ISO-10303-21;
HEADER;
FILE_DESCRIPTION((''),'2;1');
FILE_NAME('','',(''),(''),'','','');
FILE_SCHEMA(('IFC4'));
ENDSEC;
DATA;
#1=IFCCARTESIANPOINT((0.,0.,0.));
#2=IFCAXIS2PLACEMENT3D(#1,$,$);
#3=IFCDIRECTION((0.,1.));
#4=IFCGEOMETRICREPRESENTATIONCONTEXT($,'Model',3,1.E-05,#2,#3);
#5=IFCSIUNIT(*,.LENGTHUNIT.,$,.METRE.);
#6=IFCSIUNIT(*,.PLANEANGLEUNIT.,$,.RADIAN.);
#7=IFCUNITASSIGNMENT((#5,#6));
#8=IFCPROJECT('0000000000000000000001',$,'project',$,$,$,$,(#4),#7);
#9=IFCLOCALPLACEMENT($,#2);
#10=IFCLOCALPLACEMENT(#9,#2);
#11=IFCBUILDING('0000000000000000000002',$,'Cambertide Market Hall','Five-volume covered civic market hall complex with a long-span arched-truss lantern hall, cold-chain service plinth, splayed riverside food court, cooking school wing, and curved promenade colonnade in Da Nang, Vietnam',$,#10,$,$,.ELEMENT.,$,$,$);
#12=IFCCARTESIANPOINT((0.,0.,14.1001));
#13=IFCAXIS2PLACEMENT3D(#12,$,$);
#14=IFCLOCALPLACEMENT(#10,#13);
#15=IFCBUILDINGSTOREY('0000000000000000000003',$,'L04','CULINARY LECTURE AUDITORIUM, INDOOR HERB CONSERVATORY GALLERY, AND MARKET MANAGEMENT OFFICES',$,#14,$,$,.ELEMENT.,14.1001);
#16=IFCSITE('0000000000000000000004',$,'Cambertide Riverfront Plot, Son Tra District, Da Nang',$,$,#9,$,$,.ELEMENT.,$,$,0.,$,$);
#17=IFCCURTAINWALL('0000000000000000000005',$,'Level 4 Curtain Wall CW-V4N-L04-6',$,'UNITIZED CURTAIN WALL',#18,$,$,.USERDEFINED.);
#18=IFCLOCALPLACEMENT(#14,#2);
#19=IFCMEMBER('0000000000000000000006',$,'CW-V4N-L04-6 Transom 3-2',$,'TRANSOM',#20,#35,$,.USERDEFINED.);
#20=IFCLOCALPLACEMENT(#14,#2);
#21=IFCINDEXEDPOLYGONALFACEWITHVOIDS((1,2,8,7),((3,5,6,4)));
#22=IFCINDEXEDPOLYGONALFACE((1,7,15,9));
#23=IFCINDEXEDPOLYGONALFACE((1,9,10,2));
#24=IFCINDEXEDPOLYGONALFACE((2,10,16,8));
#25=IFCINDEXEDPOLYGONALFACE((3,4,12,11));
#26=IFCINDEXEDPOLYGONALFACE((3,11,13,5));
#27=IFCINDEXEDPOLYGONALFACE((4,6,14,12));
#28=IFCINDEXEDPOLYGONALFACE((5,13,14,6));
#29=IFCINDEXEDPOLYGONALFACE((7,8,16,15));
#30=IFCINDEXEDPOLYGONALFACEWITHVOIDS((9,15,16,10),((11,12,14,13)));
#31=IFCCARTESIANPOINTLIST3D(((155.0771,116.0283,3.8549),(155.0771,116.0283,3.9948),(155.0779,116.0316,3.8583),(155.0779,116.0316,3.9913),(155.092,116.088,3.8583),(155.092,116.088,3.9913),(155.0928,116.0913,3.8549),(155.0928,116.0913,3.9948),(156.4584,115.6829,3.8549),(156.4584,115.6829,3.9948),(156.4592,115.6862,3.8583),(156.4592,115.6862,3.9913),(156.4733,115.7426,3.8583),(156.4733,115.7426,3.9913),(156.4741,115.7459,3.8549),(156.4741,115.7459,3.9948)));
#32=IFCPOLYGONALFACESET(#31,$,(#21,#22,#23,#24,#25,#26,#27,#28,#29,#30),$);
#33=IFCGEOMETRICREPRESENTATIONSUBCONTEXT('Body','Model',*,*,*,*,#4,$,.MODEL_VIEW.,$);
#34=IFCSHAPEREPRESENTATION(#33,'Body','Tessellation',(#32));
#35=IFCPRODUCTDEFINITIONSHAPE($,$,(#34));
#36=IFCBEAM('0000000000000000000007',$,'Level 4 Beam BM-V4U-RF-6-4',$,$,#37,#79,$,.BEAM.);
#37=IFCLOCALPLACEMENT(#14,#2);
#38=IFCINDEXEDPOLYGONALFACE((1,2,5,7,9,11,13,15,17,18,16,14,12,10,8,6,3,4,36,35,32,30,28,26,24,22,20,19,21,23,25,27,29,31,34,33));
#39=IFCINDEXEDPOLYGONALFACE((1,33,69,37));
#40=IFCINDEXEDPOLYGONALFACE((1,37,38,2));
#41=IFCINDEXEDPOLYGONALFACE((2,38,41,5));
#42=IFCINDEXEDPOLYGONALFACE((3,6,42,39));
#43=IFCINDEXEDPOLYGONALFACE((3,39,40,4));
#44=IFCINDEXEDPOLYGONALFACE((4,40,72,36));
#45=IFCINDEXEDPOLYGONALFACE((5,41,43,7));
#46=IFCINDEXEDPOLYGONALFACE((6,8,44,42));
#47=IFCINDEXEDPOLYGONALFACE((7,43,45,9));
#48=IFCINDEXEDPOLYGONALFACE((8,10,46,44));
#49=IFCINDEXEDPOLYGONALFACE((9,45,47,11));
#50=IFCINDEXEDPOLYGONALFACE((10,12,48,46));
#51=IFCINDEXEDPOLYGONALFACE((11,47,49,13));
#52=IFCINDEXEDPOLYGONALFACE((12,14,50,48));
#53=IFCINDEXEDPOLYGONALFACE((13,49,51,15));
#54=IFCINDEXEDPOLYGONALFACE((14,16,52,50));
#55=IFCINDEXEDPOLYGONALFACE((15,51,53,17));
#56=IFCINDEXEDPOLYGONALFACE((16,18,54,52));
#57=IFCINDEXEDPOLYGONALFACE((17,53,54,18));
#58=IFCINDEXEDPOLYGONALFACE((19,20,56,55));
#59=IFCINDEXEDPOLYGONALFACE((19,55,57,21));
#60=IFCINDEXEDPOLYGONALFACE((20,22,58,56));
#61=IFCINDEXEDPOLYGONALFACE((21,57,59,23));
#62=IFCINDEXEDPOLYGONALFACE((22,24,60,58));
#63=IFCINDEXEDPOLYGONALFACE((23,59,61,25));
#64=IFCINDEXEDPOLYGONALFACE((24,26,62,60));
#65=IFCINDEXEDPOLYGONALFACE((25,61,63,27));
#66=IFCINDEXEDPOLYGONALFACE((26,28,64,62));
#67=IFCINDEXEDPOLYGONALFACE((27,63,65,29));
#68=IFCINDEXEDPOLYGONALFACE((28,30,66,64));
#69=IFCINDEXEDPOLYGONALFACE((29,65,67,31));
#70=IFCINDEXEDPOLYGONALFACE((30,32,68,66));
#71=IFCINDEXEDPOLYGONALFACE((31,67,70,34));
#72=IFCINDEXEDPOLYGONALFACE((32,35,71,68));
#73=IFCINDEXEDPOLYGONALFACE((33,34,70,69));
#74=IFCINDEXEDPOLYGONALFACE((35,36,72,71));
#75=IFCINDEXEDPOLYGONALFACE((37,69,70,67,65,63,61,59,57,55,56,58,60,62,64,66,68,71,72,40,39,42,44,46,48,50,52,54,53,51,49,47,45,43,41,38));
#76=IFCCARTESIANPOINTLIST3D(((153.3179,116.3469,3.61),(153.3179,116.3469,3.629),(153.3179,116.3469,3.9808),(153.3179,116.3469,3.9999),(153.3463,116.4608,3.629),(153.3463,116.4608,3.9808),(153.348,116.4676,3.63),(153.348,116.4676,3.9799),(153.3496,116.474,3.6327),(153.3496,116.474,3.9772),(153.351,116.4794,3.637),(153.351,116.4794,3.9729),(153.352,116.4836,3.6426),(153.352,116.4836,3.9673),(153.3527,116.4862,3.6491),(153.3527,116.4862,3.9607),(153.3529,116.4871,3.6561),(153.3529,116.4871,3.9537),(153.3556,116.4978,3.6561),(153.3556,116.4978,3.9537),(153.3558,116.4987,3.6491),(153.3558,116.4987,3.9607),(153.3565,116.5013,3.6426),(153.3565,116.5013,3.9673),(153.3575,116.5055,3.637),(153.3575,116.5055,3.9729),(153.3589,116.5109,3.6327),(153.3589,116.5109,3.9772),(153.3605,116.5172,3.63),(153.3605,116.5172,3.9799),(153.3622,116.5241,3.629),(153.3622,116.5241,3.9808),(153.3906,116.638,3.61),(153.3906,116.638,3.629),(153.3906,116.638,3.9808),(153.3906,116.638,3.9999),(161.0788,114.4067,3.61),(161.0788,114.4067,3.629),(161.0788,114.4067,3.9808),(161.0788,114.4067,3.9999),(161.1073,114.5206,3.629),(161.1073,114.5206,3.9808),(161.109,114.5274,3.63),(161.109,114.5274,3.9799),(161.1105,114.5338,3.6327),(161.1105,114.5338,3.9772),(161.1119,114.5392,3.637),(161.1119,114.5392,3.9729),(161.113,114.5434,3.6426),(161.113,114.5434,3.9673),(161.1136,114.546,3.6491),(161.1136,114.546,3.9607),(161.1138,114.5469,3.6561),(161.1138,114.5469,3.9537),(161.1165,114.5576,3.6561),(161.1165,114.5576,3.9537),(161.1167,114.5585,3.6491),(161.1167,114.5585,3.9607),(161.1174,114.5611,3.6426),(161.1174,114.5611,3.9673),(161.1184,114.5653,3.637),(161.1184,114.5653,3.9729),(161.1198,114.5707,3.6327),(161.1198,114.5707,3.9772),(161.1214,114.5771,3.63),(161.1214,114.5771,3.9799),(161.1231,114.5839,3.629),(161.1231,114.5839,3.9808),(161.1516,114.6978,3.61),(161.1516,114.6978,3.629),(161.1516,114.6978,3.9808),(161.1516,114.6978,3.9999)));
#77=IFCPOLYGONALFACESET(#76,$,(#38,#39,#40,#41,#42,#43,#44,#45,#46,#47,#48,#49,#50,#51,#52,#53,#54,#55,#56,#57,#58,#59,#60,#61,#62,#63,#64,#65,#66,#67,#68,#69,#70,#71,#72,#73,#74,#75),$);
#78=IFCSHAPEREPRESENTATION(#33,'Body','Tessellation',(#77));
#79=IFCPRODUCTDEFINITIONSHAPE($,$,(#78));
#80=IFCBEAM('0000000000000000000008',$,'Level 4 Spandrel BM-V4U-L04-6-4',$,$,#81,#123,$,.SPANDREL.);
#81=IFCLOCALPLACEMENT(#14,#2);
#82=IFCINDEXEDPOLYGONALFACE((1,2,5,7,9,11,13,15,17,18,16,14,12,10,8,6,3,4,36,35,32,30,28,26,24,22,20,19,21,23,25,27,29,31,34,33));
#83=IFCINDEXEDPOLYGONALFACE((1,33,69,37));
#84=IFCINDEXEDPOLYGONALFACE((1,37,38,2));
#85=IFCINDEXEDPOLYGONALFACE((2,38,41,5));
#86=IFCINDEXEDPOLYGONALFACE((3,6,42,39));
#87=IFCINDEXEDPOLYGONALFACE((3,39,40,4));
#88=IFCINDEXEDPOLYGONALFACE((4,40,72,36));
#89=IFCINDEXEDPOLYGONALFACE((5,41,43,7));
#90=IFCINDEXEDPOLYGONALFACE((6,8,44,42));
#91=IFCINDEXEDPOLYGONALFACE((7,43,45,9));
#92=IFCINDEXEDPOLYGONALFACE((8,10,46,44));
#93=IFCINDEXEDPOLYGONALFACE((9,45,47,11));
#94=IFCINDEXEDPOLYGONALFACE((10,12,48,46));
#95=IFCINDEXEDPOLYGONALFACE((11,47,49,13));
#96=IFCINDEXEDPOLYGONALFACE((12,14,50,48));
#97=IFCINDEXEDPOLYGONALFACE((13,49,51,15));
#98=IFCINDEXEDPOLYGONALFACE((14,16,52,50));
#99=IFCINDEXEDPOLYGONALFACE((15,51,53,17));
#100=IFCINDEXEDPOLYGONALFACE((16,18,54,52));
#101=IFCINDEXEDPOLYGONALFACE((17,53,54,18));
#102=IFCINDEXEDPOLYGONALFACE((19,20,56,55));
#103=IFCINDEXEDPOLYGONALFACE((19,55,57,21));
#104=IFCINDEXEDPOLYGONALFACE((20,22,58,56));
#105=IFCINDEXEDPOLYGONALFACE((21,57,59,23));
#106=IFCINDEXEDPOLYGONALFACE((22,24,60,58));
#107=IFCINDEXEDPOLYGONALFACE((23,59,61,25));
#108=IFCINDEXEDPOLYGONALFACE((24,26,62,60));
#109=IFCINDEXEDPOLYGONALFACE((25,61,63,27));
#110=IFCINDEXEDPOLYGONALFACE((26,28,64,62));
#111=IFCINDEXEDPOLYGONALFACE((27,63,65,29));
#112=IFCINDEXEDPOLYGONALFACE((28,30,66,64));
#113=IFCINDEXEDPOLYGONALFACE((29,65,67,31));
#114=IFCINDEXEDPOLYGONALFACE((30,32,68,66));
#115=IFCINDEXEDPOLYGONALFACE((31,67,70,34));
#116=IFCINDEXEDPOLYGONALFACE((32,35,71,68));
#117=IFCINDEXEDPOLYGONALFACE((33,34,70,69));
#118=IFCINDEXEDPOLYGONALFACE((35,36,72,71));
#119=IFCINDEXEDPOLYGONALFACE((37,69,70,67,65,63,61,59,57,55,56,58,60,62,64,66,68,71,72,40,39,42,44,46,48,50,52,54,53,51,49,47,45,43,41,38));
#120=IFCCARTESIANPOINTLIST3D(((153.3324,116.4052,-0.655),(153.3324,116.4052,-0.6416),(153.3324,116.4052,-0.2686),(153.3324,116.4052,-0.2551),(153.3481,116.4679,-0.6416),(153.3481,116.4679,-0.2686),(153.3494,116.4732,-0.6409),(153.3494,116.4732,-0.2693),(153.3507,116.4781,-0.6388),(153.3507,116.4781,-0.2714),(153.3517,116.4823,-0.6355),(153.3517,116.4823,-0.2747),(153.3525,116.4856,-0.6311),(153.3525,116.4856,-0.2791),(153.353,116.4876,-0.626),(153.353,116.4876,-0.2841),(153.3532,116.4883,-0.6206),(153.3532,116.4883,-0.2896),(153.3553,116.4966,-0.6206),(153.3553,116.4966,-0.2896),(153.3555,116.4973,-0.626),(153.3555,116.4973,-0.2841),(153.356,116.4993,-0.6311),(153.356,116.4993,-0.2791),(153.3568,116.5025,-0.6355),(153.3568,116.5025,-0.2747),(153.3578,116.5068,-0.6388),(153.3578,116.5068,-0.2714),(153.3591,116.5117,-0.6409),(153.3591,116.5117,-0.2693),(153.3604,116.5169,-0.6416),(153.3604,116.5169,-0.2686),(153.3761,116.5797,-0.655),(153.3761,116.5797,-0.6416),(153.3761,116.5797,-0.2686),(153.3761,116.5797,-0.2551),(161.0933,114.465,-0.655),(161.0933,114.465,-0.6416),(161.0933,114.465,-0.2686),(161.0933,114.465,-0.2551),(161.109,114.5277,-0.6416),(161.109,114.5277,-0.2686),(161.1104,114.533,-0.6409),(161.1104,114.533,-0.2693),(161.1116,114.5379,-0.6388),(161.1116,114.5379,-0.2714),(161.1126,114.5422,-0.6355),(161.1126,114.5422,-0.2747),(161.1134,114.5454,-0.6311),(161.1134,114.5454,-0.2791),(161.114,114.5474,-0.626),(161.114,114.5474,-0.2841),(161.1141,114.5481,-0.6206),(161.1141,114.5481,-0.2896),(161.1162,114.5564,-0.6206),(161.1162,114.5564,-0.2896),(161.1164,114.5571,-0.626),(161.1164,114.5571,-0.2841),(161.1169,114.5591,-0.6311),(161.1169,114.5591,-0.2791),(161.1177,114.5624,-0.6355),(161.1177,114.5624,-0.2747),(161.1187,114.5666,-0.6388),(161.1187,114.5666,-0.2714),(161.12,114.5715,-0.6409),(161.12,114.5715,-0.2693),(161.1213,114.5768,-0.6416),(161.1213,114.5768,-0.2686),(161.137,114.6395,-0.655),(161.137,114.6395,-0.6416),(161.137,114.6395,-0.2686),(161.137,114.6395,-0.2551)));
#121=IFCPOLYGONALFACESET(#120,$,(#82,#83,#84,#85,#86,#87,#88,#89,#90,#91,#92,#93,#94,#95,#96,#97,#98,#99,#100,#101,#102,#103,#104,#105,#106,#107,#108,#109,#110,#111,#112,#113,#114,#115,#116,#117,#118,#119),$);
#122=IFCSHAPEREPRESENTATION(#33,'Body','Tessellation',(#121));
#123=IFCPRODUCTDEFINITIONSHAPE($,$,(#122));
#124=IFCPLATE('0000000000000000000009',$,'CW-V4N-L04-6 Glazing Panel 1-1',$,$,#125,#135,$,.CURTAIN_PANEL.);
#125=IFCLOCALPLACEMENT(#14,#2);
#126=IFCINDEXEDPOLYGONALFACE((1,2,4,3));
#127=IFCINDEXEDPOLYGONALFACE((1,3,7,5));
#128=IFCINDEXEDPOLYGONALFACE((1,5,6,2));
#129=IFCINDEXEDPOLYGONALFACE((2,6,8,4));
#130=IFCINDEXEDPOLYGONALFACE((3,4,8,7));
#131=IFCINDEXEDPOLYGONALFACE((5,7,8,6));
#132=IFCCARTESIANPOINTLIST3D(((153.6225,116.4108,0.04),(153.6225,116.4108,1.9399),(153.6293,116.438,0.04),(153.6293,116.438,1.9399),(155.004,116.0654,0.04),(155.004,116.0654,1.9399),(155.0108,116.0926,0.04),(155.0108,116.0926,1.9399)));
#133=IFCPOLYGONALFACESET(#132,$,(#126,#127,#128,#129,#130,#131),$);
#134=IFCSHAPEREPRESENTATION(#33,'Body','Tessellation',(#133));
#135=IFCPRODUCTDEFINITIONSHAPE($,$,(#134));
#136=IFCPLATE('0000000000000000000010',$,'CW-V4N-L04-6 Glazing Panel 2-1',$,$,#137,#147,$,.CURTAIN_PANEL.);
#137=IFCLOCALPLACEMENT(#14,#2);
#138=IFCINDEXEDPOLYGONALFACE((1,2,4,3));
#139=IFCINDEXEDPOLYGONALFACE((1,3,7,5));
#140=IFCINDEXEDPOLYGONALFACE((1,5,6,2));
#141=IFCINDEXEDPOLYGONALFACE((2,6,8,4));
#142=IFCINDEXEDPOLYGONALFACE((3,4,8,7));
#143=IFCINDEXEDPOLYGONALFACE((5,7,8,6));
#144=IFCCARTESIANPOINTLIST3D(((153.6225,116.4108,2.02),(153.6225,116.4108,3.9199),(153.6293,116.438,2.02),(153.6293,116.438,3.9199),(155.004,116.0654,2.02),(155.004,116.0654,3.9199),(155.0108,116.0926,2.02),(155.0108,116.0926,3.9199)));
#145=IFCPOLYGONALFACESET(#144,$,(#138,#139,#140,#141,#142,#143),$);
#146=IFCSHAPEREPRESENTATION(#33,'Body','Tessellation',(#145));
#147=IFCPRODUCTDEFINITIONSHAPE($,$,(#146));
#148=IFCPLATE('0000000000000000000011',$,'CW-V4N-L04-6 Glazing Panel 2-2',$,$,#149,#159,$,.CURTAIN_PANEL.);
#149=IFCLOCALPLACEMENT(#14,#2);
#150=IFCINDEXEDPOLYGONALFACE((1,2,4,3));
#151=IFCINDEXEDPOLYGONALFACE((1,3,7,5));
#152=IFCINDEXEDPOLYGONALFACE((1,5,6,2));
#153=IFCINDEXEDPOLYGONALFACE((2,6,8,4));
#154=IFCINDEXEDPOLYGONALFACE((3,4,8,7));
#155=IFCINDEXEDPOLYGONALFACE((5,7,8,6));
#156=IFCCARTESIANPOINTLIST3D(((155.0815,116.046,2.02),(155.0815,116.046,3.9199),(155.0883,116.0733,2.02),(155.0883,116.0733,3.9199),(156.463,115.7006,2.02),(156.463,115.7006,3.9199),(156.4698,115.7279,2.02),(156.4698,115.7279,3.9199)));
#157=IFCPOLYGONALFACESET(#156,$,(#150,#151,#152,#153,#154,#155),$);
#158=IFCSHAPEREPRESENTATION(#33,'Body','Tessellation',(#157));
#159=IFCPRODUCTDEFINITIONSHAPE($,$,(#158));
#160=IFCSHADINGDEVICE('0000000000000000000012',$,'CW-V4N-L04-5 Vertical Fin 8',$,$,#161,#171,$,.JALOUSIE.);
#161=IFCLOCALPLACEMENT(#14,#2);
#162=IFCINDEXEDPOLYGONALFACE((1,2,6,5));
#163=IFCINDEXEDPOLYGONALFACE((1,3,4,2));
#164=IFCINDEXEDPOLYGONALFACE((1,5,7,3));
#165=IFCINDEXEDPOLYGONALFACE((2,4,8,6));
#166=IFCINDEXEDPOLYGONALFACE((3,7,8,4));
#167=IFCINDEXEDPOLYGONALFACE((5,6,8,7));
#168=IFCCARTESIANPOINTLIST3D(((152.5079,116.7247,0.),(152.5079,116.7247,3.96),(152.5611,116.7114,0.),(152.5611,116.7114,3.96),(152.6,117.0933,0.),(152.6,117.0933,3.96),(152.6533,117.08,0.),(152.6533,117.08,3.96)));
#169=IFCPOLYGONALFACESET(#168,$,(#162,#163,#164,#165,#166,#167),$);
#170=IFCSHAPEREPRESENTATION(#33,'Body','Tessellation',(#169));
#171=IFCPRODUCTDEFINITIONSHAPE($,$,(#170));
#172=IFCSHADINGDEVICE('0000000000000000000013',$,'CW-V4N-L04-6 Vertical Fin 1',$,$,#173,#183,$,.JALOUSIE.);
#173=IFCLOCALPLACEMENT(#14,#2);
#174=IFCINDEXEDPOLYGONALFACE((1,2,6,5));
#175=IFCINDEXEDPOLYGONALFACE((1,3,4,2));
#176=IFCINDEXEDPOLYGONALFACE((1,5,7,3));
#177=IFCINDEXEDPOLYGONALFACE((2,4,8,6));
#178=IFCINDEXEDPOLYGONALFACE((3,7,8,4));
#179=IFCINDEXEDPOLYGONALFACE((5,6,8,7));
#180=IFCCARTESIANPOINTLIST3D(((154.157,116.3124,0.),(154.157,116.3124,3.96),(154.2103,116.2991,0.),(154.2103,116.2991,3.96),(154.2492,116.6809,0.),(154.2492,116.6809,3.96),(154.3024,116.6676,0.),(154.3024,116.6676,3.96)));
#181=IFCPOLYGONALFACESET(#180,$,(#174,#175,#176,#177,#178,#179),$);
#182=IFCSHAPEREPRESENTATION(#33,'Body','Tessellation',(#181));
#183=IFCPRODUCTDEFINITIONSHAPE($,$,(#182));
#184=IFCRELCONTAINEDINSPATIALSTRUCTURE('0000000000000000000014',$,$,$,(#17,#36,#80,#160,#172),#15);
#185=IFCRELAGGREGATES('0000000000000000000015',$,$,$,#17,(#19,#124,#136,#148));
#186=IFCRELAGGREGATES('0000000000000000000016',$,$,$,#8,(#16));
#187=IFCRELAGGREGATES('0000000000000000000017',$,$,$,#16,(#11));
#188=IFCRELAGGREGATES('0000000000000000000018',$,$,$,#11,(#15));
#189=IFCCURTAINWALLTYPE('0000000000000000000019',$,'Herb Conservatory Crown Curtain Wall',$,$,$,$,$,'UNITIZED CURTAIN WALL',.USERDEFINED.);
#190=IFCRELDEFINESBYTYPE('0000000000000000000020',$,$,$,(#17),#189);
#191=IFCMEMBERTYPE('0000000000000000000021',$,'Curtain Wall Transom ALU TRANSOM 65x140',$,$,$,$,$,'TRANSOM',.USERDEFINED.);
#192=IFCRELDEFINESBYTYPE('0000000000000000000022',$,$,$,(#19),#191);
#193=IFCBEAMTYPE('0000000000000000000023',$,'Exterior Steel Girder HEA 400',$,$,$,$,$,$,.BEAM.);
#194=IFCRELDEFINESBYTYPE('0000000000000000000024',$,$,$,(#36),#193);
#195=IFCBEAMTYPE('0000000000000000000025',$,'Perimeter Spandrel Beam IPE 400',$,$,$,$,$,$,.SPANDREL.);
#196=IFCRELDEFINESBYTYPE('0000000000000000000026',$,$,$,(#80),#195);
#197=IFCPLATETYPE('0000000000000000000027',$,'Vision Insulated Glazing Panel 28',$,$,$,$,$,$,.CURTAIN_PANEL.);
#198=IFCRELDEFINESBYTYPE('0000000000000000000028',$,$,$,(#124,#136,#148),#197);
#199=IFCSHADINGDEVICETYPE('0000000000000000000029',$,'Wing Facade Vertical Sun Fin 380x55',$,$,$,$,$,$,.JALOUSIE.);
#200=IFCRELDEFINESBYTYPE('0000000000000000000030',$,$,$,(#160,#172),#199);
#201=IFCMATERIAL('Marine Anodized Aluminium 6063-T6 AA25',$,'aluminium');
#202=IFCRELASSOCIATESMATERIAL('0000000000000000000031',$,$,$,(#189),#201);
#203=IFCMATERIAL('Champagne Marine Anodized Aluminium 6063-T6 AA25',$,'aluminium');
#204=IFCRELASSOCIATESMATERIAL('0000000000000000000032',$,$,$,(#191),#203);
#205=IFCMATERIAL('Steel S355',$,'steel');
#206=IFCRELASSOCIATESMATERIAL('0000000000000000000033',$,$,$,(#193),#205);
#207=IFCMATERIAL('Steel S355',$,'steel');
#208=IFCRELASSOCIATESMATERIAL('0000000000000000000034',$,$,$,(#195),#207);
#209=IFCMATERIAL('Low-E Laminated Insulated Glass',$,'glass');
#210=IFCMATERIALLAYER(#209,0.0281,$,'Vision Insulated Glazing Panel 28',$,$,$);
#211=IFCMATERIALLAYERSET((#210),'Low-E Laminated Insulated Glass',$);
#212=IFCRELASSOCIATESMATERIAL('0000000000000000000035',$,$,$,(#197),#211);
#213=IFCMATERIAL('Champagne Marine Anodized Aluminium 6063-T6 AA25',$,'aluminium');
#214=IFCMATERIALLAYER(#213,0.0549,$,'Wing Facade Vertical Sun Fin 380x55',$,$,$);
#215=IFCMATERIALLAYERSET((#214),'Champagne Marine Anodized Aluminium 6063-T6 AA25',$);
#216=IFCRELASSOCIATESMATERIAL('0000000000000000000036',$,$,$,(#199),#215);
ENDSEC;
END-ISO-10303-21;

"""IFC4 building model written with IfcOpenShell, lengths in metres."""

from ifc_helpers import new_model, si_unit, direction, frame, origin, origin_2d, place, context, subcontext, project, spatial, rectangle, hollow_rectangle, i_section, extrude, material, layer, layer_set, material_profile, profile_set, type_object, element, aggregate, save


model = new_model("IFC4")

# Units and contexts
model_context = context("Model", 3, precision=1e-05, world=origin(), true_north=direction((0.0, 1.0)))
body_context = subcontext(model_context, "Body", "Model", "MODEL_VIEW")
ifc_project = project(units=[si_unit("LENGTHUNIT", "METRE"), si_unit("PLANEANGLEUNIT", "RADIAN")], contexts=[model_context])

# Site, building, storey
site_placement = place(None, origin())
site = spatial("IfcSite", under=ifc_project, at=site_placement, Name="Cambertide Riverfront Plot, Son Tra District, Da Nang", CompositionType="ELEMENT", RefElevation=0.0)
building_placement = place(site_placement, origin())
building = spatial("IfcBuilding", under=site, at=building_placement, Name="Cambertide Market Hall", Description="Five-volume covered civic market hall complex with a long-span arched-truss lantern hall, cold-chain service plinth, splayed riverside food court, cooking school wing, and curved promenade colonnade in Da Nang, Vietnam", CompositionType="ELEMENT")
storey_placement = place(building_placement, frame((0.0, 0.0, 14.1001)))
storey = spatial("IfcBuildingStorey", under=building, at=storey_placement, Name="L04", Description="CULINARY LECTURE AUDITORIUM, INDOOR HERB CONSERVATORY GALLERY, AND MARKET MANAGEMENT OFFICES", CompositionType="ELEMENT", Elevation=14.1001)

# Shared definitions
ifc_material_1 = material(Name="Marine Anodized Aluminium 6063-T6 AA25", Category="aluminium")
curtain_wall_type = type_object("IfcCurtainWallType", Name="Herb Conservatory Crown Curtain Wall", ElementType="UNITIZED CURTAIN WALL", PredefinedType="USERDEFINED", material=ifc_material_1)

# Curtain wall, member
curtain_wall_1_placement = place(storey_placement, origin())
curtain_wall_1 = element("IfcCurtainWall", 1, at=curtain_wall_1_placement, inside=storey, type_object=curtain_wall_type, Name="Level 4 Curtain Wall CW-V4N-L04-6", ObjectType="UNITIZED CURTAIN WALL", PredefinedType="USERDEFINED")
ifc_material_2 = material(Name="Champagne Marine Anodized Aluminium 6063-T6 AA25", Category="aluminium")
ifc_material_profile_1 = material_profile(ifc_material_2, hollow_rectangle(XDim=0.0649, YDim=0.1399, WallThickness=0.0034, at=origin_2d()), Name="ALU TRANSOM 65x140")
ifc_profile_set_1 = profile_set([ifc_material_profile_1], Name="Champagne Marine Anodized Aluminium 6063-T6 AA25")
member_type_1 = type_object("IfcMemberType", Name="Curtain Wall Transom ALU TRANSOM 65x140", ElementType="TRANSOM", PredefinedType="USERDEFINED", material=ifc_profile_set_1)
member_1_placement = place(storey_placement, frame((155.085, 116.0598, 3.9248), z_axis=(0.970122, -0.242616, 0.0), x_axis=(0.242616, 0.970122, 0.0)))
member_1 = element("IfcMember", 2, at=member_1_placement, type_object=member_type_1, Name="CW-V4N-L04-6 Transom 3-2", ObjectType="TRANSOM", PredefinedType="USERDEFINED", context=body_context, shape_type="SweptSolid", body=[
    extrude(hollow_rectangle(XDim=0.0649, YDim=0.1399, WallThickness=0.0034, at=origin_2d()), origin(), (0.0, 0.0, 1.0), 1.4238),
])

# Beams
ifc_material_3 = material(Name="Steel S355", Category="steel")
ifc_material_profile_2 = material_profile(ifc_material_3, i_section(OverallWidth=0.3, OverallDepth=0.3899, WebThickness=0.011, FlangeThickness=0.019, FilletRadius=0.0271, at=origin_2d()), Name="HEA 400")
ifc_profile_set_2 = profile_set([ifc_material_profile_2], Name="Steel S355")
beam_type_1 = type_object("IfcBeamType", Name="Exterior Steel Girder HEA 400", PredefinedType="BEAM", material=ifc_profile_set_2)
beam_1_placement = place(storey_placement, frame((153.3542, 116.4924, 3.8049), z_axis=(0.970144, -0.242528, 0.0), x_axis=(0.242528, 0.970144, 0.0)))
element("IfcBeam", 3, at=beam_1_placement, inside=storey, type_object=beam_type_1, Name="Level 4 Beam BM-V4U-RF-6-4", PredefinedType="BEAM", context=body_context, shape_type="SweptSolid", body=[
    extrude(i_section(OverallWidth=0.3, OverallDepth=0.3899, WebThickness=0.011, FlangeThickness=0.019, FilletRadius=0.0271, at=origin_2d()), origin(), (0.0, 0.0, 1.0), 7.9998),
])
ifc_material_4 = material(Name="Steel S355", Category="steel")
ifc_material_profile_3 = material_profile(ifc_material_4, i_section(OverallWidth=0.1799, OverallDepth=0.3999, WebThickness=0.0085, FlangeThickness=0.0134, FilletRadius=0.021, at=origin_2d()), Name="IPE 400")
ifc_profile_set_3 = profile_set([ifc_material_profile_3], Name="Steel S355")
beam_type_2 = type_object("IfcBeamType", Name="Perimeter Spandrel Beam IPE 400", PredefinedType="SPANDREL", material=ifc_profile_set_3)
beam_2_placement = place(storey_placement, frame((153.3542, 116.4924, -0.4551), z_axis=(0.970144, -0.242528, 0.0), x_axis=(0.242528, 0.970144, 0.0)))
element("IfcBeam", 4, at=beam_2_placement, inside=storey, type_object=beam_type_2, Name="Level 4 Spandrel BM-V4U-L04-6-4", PredefinedType="SPANDREL", context=body_context, shape_type="SweptSolid", body=[
    extrude(i_section(OverallWidth=0.1799, OverallDepth=0.3999, WebThickness=0.0085, FlangeThickness=0.0134, FilletRadius=0.021, at=origin_2d()), origin(), (0.0, 0.0, 1.0), 7.9998),
])

# Plates
ifc_material_5 = material(Name="Low-E Laminated Insulated Glass", Category="glass")
ifc_layer_1 = layer(ifc_material_5, 0.0281, Name="Vision Insulated Glazing Panel 28")
ifc_layer_set_1 = layer_set([ifc_layer_1], Name="Low-E Laminated Insulated Glass")
plate_type = type_object("IfcPlateType", Name="Vision Insulated Glazing Panel 28", PredefinedType="CURTAIN_PANEL", material=ifc_layer_set_1)
plate_1_placement = place(storey_placement, frame((154.3167, 116.2517, 0.04), z_axis=(0.0, 0.0, 1.0), x_axis=(0.970143, -0.242536, 0.0)))
plate_1 = element("IfcPlate", 5, at=plate_1_placement, type_object=plate_type, Name="CW-V4N-L04-6 Glazing Panel 1-1", PredefinedType="CURTAIN_PANEL", context=body_context, shape_type="SweptSolid", body=[
    extrude(rectangle(XDim=1.4241, YDim=0.0281, at=origin_2d()), origin(), (0.0, 0.0, 1.0), 1.8999),
])
plate_2_placement = place(storey_placement, frame((154.3167, 116.2517, 2.02), z_axis=(0.0, 0.0, 1.0), x_axis=(0.970143, -0.242536, 0.0)))
plate_2 = element("IfcPlate", 6, at=plate_2_placement, type_object=plate_type, Name="CW-V4N-L04-6 Glazing Panel 2-1", PredefinedType="CURTAIN_PANEL", context=body_context, shape_type="SweptSolid", body=[
    extrude(rectangle(XDim=1.4241, YDim=0.0281, at=origin_2d()), origin(), (0.0, 0.0, 1.0), 1.8999),
])
plate_3_placement = place(storey_placement, frame((155.7756, 115.887, 2.02), z_axis=(0.0, 0.0, 1.0), x_axis=(0.970143, -0.242536, 0.0)))
plate_3 = element("IfcPlate", 7, at=plate_3_placement, type_object=plate_type, Name="CW-V4N-L04-6 Glazing Panel 2-2", PredefinedType="CURTAIN_PANEL", context=body_context, shape_type="SweptSolid", body=[
    extrude(rectangle(XDim=1.4241, YDim=0.0281, at=origin_2d()), origin(), (0.0, 0.0, 1.0), 1.8999),
])
aggregate(curtain_wall_1, [member_1, plate_1, plate_2, plate_3])

# Shading devices
ifc_material_6 = material(Name="Champagne Marine Anodized Aluminium 6063-T6 AA25", Category="aluminium")
ifc_layer_2 = layer(ifc_material_6, 0.0549, Name="Wing Facade Vertical Sun Fin 380x55")
ifc_layer_set_2 = layer_set([ifc_layer_2], Name="Champagne Marine Anodized Aluminium 6063-T6 AA25")
shading_device_type = type_object("IfcShadingDeviceType", Name="Wing Facade Vertical Sun Fin 380x55", PredefinedType="JALOUSIE", material=ifc_layer_set_2)
for number, where, z_axis, x_axis, name in (
    (8, (152.5806, 116.9023, 0.0), (0.0, 0.0, 1.0), (0.970143, -0.242536, 0.0), "CW-V4N-L04-5 Vertical Fin 8"),
    (9, (154.2297, 116.49, 0.0), (0.0, 0.0, 1.0), (0.970143, -0.242536, 0.0), "CW-V4N-L04-6 Vertical Fin 1"),
):
    element("IfcShadingDevice", number, at=place(storey_placement, frame(where, z_axis=z_axis, x_axis=x_axis)), inside=storey, type_object=shading_device_type, Name=name, PredefinedType="JALOUSIE", context=body_context, shape_type="SweptSolid", body=[
        extrude(rectangle(XDim=0.0549, YDim=0.3799, at=origin_2d()), origin(), (0.0, 0.0, 1.0), 3.96),
    ])

save(model, "model.ifc")
